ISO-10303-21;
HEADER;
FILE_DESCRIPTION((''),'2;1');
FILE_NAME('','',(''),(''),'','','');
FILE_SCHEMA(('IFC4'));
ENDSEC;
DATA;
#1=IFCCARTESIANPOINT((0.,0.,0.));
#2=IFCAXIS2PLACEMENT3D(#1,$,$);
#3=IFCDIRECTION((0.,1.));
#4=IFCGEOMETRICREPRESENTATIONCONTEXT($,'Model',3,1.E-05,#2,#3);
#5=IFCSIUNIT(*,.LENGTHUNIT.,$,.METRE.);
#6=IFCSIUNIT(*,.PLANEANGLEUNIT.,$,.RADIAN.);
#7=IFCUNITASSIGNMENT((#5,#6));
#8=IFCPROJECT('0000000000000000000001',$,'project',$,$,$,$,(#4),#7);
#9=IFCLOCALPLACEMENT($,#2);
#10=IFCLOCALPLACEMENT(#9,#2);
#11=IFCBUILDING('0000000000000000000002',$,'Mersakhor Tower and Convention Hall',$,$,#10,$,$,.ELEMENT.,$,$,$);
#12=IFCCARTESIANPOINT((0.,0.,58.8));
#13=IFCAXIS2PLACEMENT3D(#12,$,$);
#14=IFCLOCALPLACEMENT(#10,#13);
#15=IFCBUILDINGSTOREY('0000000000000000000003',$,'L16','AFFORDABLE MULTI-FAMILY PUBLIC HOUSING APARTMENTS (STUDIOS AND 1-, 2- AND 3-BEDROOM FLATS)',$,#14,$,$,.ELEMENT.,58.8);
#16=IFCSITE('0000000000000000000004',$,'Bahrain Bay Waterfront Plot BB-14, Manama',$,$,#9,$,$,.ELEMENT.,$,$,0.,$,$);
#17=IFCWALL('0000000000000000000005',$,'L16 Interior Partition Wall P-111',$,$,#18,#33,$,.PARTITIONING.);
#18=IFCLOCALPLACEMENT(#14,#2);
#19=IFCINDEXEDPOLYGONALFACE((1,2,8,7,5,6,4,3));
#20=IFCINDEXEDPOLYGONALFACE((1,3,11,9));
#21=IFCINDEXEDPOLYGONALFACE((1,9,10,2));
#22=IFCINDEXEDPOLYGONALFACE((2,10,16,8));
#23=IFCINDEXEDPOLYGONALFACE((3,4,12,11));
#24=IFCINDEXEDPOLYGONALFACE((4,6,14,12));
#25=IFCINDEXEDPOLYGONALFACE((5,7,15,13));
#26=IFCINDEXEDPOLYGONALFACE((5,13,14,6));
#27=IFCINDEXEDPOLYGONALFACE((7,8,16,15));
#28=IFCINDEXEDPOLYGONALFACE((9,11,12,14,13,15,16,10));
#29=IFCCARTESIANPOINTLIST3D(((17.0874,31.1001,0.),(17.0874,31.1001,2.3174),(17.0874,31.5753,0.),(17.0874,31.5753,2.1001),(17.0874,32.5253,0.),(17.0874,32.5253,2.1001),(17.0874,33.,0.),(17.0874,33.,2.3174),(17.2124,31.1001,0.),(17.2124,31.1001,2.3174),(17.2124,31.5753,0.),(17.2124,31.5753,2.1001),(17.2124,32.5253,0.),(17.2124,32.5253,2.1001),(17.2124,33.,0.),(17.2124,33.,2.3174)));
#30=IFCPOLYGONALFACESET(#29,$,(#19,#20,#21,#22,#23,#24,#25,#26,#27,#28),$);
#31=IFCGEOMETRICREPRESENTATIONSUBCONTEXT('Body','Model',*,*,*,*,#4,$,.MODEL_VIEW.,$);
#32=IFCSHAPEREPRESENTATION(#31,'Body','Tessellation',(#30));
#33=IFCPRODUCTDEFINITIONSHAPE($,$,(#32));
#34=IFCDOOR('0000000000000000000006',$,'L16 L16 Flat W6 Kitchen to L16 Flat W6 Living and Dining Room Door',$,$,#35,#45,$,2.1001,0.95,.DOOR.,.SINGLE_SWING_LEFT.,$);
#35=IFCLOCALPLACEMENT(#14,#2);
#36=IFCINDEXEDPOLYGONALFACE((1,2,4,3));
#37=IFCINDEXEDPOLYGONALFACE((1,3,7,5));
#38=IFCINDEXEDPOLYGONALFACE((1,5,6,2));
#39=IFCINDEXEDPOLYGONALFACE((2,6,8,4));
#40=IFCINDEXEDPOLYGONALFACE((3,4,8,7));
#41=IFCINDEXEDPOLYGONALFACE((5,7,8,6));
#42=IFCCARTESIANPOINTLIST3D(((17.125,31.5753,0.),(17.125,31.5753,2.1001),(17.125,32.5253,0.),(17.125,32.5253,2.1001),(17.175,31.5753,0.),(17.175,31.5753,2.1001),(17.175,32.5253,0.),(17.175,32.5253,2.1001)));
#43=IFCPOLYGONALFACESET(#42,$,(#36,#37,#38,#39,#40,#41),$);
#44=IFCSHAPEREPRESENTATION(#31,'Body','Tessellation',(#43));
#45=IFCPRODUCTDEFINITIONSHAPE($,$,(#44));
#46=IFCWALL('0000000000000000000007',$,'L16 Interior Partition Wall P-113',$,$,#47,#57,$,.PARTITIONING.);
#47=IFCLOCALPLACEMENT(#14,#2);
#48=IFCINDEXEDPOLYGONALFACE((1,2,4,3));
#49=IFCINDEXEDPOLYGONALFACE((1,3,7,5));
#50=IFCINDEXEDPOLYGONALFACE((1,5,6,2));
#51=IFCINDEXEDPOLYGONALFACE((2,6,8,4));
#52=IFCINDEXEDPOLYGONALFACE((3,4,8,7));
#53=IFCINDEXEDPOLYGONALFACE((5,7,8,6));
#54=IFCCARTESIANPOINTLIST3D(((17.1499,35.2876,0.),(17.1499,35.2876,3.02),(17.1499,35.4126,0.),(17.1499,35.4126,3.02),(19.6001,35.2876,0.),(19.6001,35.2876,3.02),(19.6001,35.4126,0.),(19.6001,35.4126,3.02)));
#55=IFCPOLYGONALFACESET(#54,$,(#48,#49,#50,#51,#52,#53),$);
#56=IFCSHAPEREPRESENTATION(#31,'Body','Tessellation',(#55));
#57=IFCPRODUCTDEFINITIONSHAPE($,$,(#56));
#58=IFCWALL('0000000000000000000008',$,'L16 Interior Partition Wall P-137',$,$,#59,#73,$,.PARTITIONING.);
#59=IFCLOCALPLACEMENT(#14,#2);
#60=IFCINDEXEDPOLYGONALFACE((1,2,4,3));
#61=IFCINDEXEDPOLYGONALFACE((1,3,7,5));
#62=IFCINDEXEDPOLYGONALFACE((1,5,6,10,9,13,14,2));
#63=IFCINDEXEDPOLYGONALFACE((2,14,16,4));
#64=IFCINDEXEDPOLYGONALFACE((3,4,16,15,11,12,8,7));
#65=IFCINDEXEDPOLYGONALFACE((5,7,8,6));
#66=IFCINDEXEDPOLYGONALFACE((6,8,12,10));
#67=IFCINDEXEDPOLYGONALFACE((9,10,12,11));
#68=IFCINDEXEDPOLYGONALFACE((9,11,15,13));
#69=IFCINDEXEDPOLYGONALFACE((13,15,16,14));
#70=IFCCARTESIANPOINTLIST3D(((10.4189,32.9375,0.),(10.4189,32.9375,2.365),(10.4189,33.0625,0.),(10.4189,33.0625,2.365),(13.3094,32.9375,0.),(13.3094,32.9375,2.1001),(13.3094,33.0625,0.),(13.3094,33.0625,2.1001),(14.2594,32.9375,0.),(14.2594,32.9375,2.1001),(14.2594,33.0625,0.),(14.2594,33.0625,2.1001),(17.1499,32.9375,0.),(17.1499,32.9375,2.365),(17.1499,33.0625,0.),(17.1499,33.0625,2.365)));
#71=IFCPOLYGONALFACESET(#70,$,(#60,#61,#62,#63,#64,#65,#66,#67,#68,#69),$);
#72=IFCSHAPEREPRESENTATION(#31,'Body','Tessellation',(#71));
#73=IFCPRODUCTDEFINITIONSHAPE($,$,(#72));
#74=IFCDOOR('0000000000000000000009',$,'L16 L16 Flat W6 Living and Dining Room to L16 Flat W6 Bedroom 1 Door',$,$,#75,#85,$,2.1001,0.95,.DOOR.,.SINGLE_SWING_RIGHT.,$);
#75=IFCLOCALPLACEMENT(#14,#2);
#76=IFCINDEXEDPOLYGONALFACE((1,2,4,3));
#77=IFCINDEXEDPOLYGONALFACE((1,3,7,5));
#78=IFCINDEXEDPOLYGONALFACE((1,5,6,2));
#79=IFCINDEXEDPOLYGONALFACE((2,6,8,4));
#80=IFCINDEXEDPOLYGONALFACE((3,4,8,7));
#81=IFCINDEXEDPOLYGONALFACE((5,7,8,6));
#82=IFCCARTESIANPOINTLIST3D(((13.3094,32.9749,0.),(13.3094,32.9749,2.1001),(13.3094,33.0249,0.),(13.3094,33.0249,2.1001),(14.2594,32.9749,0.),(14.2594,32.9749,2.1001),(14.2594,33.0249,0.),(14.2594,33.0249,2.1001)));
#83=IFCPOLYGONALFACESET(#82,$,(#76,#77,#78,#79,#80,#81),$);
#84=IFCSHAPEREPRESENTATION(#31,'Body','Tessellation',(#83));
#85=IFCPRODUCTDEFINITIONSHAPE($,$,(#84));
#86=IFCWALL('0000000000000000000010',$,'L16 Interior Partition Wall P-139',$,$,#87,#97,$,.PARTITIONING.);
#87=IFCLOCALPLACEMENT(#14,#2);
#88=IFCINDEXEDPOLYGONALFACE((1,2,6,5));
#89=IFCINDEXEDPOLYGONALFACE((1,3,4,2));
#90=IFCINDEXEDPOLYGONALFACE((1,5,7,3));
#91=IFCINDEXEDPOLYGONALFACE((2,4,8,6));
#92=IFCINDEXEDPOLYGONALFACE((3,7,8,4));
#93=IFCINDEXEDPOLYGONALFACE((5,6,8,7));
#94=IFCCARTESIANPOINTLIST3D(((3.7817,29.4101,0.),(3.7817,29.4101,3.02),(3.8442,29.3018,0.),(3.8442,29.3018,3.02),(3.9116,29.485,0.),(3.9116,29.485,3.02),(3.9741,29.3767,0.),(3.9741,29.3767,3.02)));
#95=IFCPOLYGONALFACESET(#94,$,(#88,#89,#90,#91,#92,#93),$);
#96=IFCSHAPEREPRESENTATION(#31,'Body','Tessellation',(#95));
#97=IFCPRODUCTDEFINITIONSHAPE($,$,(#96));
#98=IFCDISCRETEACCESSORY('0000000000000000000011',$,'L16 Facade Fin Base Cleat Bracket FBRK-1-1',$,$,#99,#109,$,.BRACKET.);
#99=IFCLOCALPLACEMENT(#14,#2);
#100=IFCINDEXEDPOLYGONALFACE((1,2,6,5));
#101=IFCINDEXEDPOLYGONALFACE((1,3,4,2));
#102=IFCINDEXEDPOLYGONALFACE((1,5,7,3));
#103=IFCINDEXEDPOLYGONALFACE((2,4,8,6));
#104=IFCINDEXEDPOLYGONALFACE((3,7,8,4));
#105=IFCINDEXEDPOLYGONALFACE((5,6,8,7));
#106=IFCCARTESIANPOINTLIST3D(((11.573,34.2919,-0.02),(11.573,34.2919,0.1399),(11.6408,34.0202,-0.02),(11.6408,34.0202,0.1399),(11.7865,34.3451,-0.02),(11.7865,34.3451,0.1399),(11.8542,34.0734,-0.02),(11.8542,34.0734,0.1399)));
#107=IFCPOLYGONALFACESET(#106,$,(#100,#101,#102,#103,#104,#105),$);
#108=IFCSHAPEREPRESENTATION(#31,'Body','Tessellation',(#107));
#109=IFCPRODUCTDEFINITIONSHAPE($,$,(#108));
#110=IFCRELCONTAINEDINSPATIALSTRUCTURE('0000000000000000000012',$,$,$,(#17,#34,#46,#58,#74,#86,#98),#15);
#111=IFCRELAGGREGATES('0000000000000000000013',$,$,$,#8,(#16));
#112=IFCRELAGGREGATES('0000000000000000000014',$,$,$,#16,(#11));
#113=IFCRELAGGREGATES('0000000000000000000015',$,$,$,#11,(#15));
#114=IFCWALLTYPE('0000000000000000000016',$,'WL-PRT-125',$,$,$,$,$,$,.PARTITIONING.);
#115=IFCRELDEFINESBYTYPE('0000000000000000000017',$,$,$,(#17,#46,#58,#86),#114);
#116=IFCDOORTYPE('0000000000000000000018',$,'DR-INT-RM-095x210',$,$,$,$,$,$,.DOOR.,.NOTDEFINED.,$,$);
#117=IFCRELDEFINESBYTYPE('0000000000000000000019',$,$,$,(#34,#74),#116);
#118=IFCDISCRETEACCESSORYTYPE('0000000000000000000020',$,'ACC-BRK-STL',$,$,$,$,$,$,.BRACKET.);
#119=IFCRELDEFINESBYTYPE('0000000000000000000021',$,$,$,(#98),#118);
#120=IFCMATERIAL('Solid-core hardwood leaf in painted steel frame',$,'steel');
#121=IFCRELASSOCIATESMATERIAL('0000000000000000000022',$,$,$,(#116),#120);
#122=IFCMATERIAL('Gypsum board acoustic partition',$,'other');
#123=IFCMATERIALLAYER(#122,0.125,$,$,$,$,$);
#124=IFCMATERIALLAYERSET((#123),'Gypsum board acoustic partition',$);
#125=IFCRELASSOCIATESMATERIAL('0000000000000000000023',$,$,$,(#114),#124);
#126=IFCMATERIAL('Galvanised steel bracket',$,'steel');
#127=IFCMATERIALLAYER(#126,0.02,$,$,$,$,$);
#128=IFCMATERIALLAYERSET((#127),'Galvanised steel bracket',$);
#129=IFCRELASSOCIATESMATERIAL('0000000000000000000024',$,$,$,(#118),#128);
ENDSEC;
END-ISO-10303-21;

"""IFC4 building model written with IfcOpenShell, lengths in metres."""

from ifc_helpers import new_model, si_unit, direction, frame, frame_2d, origin, origin_2d, place, context, subcontext, project, spatial, rectangle, extrude, material, layer, layer_set, type_object, element, fill, save


model = new_model("IFC4")

# Units and contexts
model_context = context("Model", 3, precision=1e-05, world=origin(), true_north=direction((0.0, 1.0)))
body_context = subcontext(model_context, "Body", "Model", "MODEL_VIEW")
ifc_project = project(units=[si_unit("LENGTHUNIT", "METRE"), si_unit("PLANEANGLEUNIT", "RADIAN")], contexts=[model_context])

# Site, building, storey
site_placement = place(None, origin())
site = spatial("IfcSite", under=ifc_project, at=site_placement, Name="Bahrain Bay Waterfront Plot BB-14, Manama", CompositionType="ELEMENT", RefElevation=0.0)
building_placement = place(site_placement, origin())
building = spatial("IfcBuilding", under=site, at=building_placement, Name="Mersakhor Tower and Convention Hall", CompositionType="ELEMENT")
storey_placement = place(building_placement, frame((0.0, 0.0, 58.8)))
storey = spatial("IfcBuildingStorey", under=building, at=storey_placement, Name="L16", Description="AFFORDABLE MULTI-FAMILY PUBLIC HOUSING APARTMENTS (STUDIOS AND 1-, 2- AND 3-BEDROOM FLATS)", CompositionType="ELEMENT", Elevation=58.8)

# Shared definitions
ifc_material_1 = material(Name="Solid-core hardwood leaf in painted steel frame", Category="steel")
door_type_1 = type_object("IfcDoorType", Name="DR-INT-RM-095x210", OperationType="NOTDEFINED", PredefinedType="DOOR", material=ifc_material_1)

# Wall, opening, door
ifc_material_2 = material(Name="Gypsum board acoustic partition", Category="other")
ifc_layer_1 = layer(ifc_material_2, 0.125)
ifc_layer_set_1 = layer_set([ifc_layer_1], Name="Gypsum board acoustic partition")
wall_type_1 = type_object("IfcWallType", Name="WL-PRT-125", PredefinedType="PARTITIONING", material=ifc_layer_set_1)
wall_1_placement = place(storey_placement, frame((17.1499, 31.1001, 0.0), z_axis=(0.0, 0.0, 1.0), x_axis=(0.0, 1.0, 0.0)))
wall_1 = element("IfcWall", 1, at=wall_1_placement, inside=storey, type_object=wall_type_1, Name="L16 Interior Partition Wall P-111", PredefinedType="PARTITIONING", context=body_context, shape_type="SweptSolid", body=[
    extrude(rectangle(XDim=1.8999, YDim=0.125, at=frame_2d((0.95, 0.0))), origin(), (0.0, 0.0, 1.0), 2.3174),
])
opening_1_placement = place(wall_1_placement, frame((0.4751, 0.0, 0.0)))
opening_1 = element("IfcOpeningElement", 2, at=opening_1_placement, cuts=wall_1, PredefinedType="OPENING", context=body_context, shape_type="SweptSolid", body=[
    extrude(rectangle(XDim=0.95, YDim=2.1001, at=frame_2d((0.4751, 1.05))), frame((0.0, 0.0725, 0.0), z_axis=(0.0, -1.0, 0.0), x_axis=(1.0, 0.0, 0.0)), (0.0, 0.0, 1.0), 0.145),
])
door_1_placement = place(opening_1_placement, origin())
door_1 = element("IfcDoor", 3, at=door_1_placement, inside=storey, type_object=door_type_1, Name="L16 L16 Flat W6 Kitchen to L16 Flat W6 Living and Dining Room Door", OperationType="SINGLE_SWING_LEFT", OverallHeight=2.1001, OverallWidth=0.95, PredefinedType="DOOR", context=body_context, shape_type="SweptSolid", body=[
    extrude(rectangle(XDim=0.95, YDim=2.1001, at=frame_2d((0.4751, 1.05))), frame((0.0, 0.0249, 0.0), z_axis=(0.0, -1.0, 0.0), x_axis=(1.0, 0.0, 0.0)), (0.0, 0.0, 1.0), 0.05),
])
fill(opening_1, door_1)

# Wall
wall_2_placement = place(storey_placement, frame((17.1499, 35.3501, 0.0), z_axis=(0.0, 0.0, 1.0), x_axis=(1.0, 0.0, 0.0)))
element("IfcWall", 4, at=wall_2_placement, inside=storey, type_object=wall_type_1, Name="L16 Interior Partition Wall P-113", PredefinedType="PARTITIONING", context=body_context, shape_type="SweptSolid", body=[
    extrude(rectangle(XDim=2.4502, YDim=0.125, at=frame_2d((1.2251, 0.0))), origin(), (0.0, 0.0, 1.0), 3.02),
])

# Wall, opening, door
wall_3_placement = place(storey_placement, frame((10.4189, 33.0, 0.0), z_axis=(0.0, 0.0, 1.0), x_axis=(1.0, 0.0, 0.0)))
wall_3 = element("IfcWall", 5, at=wall_3_placement, inside=storey, type_object=wall_type_1, Name="L16 Interior Partition Wall P-137", PredefinedType="PARTITIONING", context=body_context, shape_type="SweptSolid", body=[
    extrude(rectangle(XDim=6.731, YDim=0.125, at=frame_2d((3.3655, 0.0))), origin(), (0.0, 0.0, 1.0), 2.365),
])
opening_2_placement = place(wall_3_placement, frame((2.8904, 0.0, 0.0)))
opening_2 = element("IfcOpeningElement", 6, at=opening_2_placement, cuts=wall_3, PredefinedType="OPENING", context=body_context, shape_type="SweptSolid", body=[
    extrude(rectangle(XDim=0.95, YDim=2.1001, at=frame_2d((0.4751, 1.05))), frame((0.0, 0.0725, 0.0), z_axis=(0.0, -1.0, 0.0), x_axis=(1.0, 0.0, 0.0)), (0.0, 0.0, 1.0), 0.145),
])
door_2_placement = place(opening_2_placement, origin())
door_2 = element("IfcDoor", 7, at=door_2_placement, inside=storey, type_object=door_type_1, Name="L16 L16 Flat W6 Living and Dining Room to L16 Flat W6 Bedroom 1 Door", OperationType="SINGLE_SWING_RIGHT", OverallHeight=2.1001, OverallWidth=0.95, PredefinedType="DOOR", context=body_context, shape_type="SweptSolid", body=[
    extrude(rectangle(XDim=0.95, YDim=2.1001, at=frame_2d((0.4751, 1.05))), frame((0.0, 0.0249, 0.0), z_axis=(0.0, -1.0, 0.0), x_axis=(1.0, 0.0, 0.0)), (0.0, 0.0, 1.0), 0.05),
])
fill(opening_2, door_2)

# Wall
wall_4_placement = place(storey_placement, frame((3.813, 29.356, 0.0), z_axis=(0.0, 0.0, 1.0), x_axis=(0.866131, 0.499816, 0.0)))
element("IfcWall", 8, at=wall_4_placement, inside=storey, type_object=wall_type_1, Name="L16 Interior Partition Wall P-139", PredefinedType="PARTITIONING", context=body_context, shape_type="SweptSolid", body=[
    extrude(rectangle(XDim=0.1499, YDim=0.125, at=frame_2d((0.075, 0.0))), origin(), (0.0, 0.0, 1.0), 3.02),
])

# Discrete accessory
ifc_material_3 = material(Name="Galvanised steel bracket", Category="steel")
ifc_layer_2 = layer(ifc_material_3, 0.02)
ifc_layer_set_2 = layer_set([ifc_layer_2], Name="Galvanised steel bracket")
discrete_accessory_type = type_object("IfcDiscreteAccessoryType", Name="ACC-BRK-STL", PredefinedType="BRACKET", material=ifc_layer_set_2)
discrete_accessory_placement = place(storey_placement, frame((11.7136, 34.1826, -0.02), z_axis=(0.0, 0.0, 1.0), x_axis=(-0.241922, 0.970296, 0.0)))
element("IfcDiscreteAccessory", 9, at=discrete_accessory_placement, inside=storey, type_object=discrete_accessory_type, Name="L16 Facade Fin Base Cleat Bracket FBRK-1-1", PredefinedType="BRACKET", context=body_context, shape_type="SweptSolid", body=[
    extrude(rectangle(XDim=0.28, YDim=0.22, at=origin_2d()), origin(), (0.0, 0.0, 1.0), 0.1599),
])

save(model, "model.ifc")
